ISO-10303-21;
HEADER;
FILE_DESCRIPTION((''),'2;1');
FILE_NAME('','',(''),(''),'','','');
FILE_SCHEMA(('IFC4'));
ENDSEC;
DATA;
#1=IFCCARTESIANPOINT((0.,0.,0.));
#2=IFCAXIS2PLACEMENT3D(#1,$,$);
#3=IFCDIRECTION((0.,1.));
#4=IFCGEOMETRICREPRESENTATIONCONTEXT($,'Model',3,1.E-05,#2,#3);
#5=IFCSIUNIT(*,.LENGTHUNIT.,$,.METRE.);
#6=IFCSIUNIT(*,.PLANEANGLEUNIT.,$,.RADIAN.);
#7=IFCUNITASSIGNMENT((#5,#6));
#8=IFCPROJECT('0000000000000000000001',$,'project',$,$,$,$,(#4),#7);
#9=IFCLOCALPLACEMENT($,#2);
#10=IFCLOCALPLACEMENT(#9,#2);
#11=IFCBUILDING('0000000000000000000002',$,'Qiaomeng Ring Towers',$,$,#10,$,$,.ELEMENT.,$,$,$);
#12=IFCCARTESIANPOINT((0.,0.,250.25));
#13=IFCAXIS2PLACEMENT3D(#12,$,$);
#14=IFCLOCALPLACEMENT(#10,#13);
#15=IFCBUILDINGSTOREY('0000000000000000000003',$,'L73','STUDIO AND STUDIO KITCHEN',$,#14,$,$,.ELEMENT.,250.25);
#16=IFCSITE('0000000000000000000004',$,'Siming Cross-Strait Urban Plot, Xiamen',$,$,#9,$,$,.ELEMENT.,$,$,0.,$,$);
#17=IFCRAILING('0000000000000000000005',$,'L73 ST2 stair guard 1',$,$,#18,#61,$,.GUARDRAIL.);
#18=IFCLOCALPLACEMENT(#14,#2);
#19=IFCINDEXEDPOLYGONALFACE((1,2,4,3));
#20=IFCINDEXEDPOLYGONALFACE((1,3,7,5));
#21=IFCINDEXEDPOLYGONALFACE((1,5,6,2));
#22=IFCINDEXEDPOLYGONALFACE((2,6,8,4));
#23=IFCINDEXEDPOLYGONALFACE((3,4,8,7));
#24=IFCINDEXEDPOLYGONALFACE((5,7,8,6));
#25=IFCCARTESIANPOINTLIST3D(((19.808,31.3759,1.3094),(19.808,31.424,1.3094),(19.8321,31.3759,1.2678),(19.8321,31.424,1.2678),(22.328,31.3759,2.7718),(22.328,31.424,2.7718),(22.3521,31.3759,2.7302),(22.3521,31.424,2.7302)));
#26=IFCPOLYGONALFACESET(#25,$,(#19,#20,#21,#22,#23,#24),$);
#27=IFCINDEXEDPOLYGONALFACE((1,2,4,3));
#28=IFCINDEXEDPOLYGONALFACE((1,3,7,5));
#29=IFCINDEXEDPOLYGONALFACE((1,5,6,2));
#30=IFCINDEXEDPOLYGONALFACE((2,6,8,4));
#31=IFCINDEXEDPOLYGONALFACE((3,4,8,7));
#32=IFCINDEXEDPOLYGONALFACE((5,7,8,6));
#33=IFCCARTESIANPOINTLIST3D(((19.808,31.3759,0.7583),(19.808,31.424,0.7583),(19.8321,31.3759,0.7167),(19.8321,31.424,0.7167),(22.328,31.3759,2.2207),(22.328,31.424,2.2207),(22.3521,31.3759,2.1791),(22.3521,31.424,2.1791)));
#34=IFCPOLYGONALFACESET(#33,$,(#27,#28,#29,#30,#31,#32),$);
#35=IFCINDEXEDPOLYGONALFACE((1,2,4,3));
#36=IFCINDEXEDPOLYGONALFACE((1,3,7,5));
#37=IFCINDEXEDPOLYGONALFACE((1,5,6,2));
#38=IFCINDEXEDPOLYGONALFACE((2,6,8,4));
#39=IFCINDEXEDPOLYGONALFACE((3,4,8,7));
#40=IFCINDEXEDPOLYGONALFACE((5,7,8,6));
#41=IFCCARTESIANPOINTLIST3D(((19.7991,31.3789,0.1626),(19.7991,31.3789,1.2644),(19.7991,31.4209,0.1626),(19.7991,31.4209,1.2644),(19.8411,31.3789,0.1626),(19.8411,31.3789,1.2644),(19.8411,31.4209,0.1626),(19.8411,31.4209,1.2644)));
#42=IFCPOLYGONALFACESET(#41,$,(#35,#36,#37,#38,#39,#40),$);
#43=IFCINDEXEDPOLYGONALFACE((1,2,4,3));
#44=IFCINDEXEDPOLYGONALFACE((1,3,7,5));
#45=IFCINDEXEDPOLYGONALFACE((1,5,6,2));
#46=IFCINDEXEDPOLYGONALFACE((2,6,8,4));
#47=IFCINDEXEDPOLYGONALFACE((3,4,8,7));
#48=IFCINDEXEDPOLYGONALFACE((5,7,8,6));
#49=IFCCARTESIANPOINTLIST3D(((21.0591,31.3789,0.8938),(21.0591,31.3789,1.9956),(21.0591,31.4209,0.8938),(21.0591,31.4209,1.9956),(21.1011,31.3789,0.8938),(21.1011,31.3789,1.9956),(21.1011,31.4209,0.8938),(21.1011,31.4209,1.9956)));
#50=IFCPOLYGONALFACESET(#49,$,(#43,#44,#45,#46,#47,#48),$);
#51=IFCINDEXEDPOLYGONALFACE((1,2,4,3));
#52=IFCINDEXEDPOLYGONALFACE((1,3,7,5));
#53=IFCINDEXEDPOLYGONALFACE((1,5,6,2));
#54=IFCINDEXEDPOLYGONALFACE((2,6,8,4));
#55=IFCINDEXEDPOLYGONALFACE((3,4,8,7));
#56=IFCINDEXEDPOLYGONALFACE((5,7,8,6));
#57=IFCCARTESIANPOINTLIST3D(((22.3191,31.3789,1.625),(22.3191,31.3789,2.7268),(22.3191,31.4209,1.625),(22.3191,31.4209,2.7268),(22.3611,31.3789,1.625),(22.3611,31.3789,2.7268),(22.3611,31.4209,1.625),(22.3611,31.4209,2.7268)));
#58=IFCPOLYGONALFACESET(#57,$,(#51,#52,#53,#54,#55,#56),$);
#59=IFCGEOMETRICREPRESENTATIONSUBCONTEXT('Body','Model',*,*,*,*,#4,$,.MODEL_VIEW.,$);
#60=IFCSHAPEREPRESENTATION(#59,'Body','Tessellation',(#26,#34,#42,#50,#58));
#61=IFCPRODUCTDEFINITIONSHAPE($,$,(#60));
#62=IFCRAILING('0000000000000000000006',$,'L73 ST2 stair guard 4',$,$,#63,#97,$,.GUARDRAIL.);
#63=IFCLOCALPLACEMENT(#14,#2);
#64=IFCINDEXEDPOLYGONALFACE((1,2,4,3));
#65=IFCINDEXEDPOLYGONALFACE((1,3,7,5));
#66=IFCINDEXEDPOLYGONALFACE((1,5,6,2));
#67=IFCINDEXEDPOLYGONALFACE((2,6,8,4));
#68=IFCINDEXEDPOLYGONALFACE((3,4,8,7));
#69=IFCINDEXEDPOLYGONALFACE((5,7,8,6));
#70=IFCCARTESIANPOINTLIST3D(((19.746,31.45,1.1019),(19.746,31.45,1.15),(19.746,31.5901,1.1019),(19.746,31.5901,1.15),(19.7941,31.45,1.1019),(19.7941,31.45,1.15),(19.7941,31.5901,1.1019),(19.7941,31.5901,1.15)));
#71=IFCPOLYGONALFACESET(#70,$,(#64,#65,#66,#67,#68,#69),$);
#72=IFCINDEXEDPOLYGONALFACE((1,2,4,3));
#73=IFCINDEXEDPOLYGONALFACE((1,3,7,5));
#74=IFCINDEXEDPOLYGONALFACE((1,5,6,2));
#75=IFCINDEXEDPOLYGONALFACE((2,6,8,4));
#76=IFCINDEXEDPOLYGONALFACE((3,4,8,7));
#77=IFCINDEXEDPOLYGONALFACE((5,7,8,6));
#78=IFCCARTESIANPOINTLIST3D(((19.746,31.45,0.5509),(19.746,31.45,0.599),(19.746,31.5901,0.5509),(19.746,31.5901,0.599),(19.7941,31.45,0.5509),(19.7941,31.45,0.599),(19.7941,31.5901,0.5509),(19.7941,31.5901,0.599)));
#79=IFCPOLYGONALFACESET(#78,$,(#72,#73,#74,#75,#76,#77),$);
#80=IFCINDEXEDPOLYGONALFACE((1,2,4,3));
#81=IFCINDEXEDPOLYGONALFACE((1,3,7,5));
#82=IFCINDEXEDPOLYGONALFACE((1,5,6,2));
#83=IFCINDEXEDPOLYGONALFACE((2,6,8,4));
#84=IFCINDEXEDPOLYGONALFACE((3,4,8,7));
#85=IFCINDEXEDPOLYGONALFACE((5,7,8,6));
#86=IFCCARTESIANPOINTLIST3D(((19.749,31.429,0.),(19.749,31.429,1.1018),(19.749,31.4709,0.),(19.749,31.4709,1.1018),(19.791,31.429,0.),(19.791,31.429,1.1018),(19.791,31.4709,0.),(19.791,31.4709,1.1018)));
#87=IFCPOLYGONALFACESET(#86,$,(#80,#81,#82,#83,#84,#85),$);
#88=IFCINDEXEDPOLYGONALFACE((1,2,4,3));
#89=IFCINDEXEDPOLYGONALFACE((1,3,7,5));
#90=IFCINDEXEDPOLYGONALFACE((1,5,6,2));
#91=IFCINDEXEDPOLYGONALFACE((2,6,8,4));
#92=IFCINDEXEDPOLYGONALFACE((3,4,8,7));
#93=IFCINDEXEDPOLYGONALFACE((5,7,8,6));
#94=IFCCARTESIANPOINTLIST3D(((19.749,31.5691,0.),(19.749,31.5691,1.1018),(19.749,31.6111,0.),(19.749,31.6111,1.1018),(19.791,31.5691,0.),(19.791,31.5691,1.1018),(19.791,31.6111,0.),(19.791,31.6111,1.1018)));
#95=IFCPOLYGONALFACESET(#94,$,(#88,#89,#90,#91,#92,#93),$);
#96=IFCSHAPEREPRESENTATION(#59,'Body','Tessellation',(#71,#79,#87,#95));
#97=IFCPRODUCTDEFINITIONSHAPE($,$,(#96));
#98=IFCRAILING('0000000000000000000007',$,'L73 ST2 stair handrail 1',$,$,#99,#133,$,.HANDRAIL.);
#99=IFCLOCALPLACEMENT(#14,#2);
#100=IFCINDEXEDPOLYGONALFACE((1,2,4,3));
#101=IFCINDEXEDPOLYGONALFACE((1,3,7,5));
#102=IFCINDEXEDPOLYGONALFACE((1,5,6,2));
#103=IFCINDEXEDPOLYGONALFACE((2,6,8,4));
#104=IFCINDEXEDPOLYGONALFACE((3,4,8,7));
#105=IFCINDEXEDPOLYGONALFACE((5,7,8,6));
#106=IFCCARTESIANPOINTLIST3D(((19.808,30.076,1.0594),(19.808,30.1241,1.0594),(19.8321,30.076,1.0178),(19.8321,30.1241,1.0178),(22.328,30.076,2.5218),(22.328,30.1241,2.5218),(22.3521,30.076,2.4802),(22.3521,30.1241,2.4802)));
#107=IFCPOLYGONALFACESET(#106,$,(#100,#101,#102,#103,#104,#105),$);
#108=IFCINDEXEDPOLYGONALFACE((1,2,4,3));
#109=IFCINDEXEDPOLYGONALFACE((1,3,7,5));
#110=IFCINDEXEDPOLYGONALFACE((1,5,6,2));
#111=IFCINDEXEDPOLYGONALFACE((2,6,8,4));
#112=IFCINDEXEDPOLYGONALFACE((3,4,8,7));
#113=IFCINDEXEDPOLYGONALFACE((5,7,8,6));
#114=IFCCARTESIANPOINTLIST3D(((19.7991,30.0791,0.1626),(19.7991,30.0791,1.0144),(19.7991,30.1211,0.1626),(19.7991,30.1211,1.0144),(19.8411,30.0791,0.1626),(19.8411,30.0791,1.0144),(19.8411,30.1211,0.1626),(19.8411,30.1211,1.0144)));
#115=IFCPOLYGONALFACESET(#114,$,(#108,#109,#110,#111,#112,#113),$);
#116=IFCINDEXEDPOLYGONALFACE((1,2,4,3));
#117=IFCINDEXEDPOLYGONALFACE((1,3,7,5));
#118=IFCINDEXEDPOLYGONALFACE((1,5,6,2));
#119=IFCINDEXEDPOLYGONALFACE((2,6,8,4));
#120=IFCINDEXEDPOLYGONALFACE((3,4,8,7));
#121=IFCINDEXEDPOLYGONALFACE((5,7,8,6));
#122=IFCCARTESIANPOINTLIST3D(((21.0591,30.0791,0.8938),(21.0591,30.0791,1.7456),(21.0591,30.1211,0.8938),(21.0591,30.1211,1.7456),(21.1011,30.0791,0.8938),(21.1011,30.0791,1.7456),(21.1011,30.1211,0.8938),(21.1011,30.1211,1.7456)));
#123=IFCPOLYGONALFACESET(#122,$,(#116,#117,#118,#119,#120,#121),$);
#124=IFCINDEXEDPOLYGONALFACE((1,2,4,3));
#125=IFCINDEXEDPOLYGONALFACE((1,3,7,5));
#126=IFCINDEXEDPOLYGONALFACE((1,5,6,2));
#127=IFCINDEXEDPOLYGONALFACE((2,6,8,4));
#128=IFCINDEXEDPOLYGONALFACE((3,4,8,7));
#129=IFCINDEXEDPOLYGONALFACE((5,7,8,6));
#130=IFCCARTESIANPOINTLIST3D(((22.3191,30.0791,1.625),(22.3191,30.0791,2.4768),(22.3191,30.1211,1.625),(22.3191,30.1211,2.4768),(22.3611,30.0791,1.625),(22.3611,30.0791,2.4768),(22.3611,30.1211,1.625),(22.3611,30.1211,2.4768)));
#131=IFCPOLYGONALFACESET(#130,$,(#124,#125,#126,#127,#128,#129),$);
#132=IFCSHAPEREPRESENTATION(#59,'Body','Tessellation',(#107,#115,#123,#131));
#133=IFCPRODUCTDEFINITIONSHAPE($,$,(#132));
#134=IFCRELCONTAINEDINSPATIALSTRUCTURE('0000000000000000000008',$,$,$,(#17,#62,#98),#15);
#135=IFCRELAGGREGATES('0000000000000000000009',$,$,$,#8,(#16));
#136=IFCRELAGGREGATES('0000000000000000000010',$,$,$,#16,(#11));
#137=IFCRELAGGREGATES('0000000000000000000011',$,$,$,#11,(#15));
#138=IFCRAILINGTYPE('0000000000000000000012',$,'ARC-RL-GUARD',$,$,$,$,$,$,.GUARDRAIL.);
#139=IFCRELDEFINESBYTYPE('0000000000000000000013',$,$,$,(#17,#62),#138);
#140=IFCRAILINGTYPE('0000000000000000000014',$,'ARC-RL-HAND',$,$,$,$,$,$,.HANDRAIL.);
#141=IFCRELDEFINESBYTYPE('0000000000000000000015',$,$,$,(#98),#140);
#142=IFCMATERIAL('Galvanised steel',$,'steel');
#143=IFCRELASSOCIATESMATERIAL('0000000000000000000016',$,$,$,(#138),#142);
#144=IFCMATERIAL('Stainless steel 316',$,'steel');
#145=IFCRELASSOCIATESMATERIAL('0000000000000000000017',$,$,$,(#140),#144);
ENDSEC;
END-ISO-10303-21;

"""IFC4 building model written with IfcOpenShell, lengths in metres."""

from ifc_helpers import new_model, si_unit, direction, frame, origin, origin_2d, place, context, subcontext, project, spatial, rectangle, extrude, material, type_object, element, save


model = new_model("IFC4")

# Units and contexts
model_context = context("Model", 3, precision=1e-05, world=origin(), true_north=direction((0.0, 1.0)))
body_context = subcontext(model_context, "Body", "Model", "MODEL_VIEW")
ifc_project = project(units=[si_unit("LENGTHUNIT", "METRE"), si_unit("PLANEANGLEUNIT", "RADIAN")], contexts=[model_context])

# Site, building, storey
site_placement = place(None, origin())
site = spatial("IfcSite", under=ifc_project, at=site_placement, Name="Siming Cross-Strait Urban Plot, Xiamen", CompositionType="ELEMENT", RefElevation=0.0)
building_placement = place(site_placement, origin())
building = spatial("IfcBuilding", under=site, at=building_placement, Name="Qiaomeng Ring Towers", CompositionType="ELEMENT")
storey_placement = place(building_placement, frame((0.0, 0.0, 250.25)))
storey = spatial("IfcBuildingStorey", under=building, at=storey_placement, Name="L73", Description="STUDIO AND STUDIO KITCHEN", CompositionType="ELEMENT", Elevation=250.25)

# Railings
ifc_material_1 = material(Name="Galvanised steel", Category="steel")
railing_type_1 = type_object("IfcRailingType", Name="ARC-RL-GUARD", PredefinedType="GUARDRAIL", material=ifc_material_1)
railing_1_placement = place(storey_placement, frame((19.8201, 31.3999, 0.1626)))
element("IfcRailing", 1, at=railing_1_placement, inside=storey, type_object=railing_type_1, Name="L73 ST2 stair guard 1", PredefinedType="GUARDRAIL", context=body_context, shape_type="SweptSolid", body=[
    extrude(rectangle(XDim=0.0481, YDim=0.0481, at=origin_2d()), frame((0.0, 0.0, 1.126), z_axis=(0.864913, 0.0, 0.501921), x_axis=(0.0, 1.0, 0.0)), (0.0, 0.0, 1.0), 2.9136),
    extrude(rectangle(XDim=0.0481, YDim=0.0481, at=origin_2d()), frame((0.0, 0.0, 0.575), z_axis=(0.864913, 0.0, 0.501921), x_axis=(0.0, 1.0, 0.0)), (0.0, 0.0, 1.0), 2.9136),
    extrude(rectangle(XDim=0.042, YDim=0.042, at=origin_2d()), origin(), (0.0, 0.0, 1.0), 1.1018),
    extrude(rectangle(XDim=0.042, YDim=0.042, at=origin_2d()), frame((1.26, 0.0, 0.7312)), (0.0, 0.0, 1.0), 1.1018),
    extrude(rectangle(XDim=0.042, YDim=0.042, at=origin_2d()), frame((2.52, 0.0, 1.4624)), (0.0, 0.0, 1.0), 1.1018),
])
railing_2_placement = place(storey_placement, frame((19.77, 31.45, 0.0)))
element("IfcRailing", 2, at=railing_2_placement, inside=storey, type_object=railing_type_1, Name="L73 ST2 stair guard 4", PredefinedType="GUARDRAIL", context=body_context, shape_type="SweptSolid", body=[
    extrude(rectangle(XDim=0.0481, YDim=0.0481, at=origin_2d()), frame((0.0, 0.0, 1.126), z_axis=(0.0, 1.0, 0.0), x_axis=(-1.0, 0.0, 0.0)), (0.0, 0.0, 1.0), 0.1401),
    extrude(rectangle(XDim=0.0481, YDim=0.0481, at=origin_2d()), frame((0.0, 0.0, 0.575), z_axis=(0.0, 1.0, 0.0), x_axis=(-1.0, 0.0, 0.0)), (0.0, 0.0, 1.0), 0.1401),
    extrude(rectangle(XDim=0.042, YDim=0.042, at=origin_2d()), origin(), (0.0, 0.0, 1.0), 1.1018),
    extrude(rectangle(XDim=0.042, YDim=0.042, at=origin_2d()), frame((0.0, 0.1401, 0.0)), (0.0, 0.0, 1.0), 1.1018),
])
ifc_material_2 = material(Name="Stainless steel 316", Category="steel")
railing_type_2 = type_object("IfcRailingType", Name="ARC-RL-HAND", PredefinedType="HANDRAIL", material=ifc_material_2)
railing_3_placement = place(storey_placement, frame((19.8201, 30.1001, 0.1626)))
element("IfcRailing", 3, at=railing_3_placement, inside=storey, type_object=railing_type_2, Name="L73 ST2 stair handrail 1", PredefinedType="HANDRAIL", context=body_context, shape_type="SweptSolid", body=[
    extrude(rectangle(XDim=0.0481, YDim=0.0481, at=origin_2d()), frame((0.0, 0.0, 0.876), z_axis=(0.864913, 0.0, 0.501921), x_axis=(0.0, 1.0, 0.0)), (0.0, 0.0, 1.0), 2.9136),
    extrude(rectangle(XDim=0.042, YDim=0.042, at=origin_2d()), origin(), (0.0, 0.0, 1.0), 0.8518),
    extrude(rectangle(XDim=0.042, YDim=0.042, at=origin_2d()), frame((1.26, 0.0, 0.7312)), (0.0, 0.0, 1.0), 0.8518),
    extrude(rectangle(XDim=0.042, YDim=0.042, at=origin_2d()), frame((2.52, 0.0, 1.4624)), (0.0, 0.0, 1.0), 0.8518),
])

save(model, "model.ifc")
